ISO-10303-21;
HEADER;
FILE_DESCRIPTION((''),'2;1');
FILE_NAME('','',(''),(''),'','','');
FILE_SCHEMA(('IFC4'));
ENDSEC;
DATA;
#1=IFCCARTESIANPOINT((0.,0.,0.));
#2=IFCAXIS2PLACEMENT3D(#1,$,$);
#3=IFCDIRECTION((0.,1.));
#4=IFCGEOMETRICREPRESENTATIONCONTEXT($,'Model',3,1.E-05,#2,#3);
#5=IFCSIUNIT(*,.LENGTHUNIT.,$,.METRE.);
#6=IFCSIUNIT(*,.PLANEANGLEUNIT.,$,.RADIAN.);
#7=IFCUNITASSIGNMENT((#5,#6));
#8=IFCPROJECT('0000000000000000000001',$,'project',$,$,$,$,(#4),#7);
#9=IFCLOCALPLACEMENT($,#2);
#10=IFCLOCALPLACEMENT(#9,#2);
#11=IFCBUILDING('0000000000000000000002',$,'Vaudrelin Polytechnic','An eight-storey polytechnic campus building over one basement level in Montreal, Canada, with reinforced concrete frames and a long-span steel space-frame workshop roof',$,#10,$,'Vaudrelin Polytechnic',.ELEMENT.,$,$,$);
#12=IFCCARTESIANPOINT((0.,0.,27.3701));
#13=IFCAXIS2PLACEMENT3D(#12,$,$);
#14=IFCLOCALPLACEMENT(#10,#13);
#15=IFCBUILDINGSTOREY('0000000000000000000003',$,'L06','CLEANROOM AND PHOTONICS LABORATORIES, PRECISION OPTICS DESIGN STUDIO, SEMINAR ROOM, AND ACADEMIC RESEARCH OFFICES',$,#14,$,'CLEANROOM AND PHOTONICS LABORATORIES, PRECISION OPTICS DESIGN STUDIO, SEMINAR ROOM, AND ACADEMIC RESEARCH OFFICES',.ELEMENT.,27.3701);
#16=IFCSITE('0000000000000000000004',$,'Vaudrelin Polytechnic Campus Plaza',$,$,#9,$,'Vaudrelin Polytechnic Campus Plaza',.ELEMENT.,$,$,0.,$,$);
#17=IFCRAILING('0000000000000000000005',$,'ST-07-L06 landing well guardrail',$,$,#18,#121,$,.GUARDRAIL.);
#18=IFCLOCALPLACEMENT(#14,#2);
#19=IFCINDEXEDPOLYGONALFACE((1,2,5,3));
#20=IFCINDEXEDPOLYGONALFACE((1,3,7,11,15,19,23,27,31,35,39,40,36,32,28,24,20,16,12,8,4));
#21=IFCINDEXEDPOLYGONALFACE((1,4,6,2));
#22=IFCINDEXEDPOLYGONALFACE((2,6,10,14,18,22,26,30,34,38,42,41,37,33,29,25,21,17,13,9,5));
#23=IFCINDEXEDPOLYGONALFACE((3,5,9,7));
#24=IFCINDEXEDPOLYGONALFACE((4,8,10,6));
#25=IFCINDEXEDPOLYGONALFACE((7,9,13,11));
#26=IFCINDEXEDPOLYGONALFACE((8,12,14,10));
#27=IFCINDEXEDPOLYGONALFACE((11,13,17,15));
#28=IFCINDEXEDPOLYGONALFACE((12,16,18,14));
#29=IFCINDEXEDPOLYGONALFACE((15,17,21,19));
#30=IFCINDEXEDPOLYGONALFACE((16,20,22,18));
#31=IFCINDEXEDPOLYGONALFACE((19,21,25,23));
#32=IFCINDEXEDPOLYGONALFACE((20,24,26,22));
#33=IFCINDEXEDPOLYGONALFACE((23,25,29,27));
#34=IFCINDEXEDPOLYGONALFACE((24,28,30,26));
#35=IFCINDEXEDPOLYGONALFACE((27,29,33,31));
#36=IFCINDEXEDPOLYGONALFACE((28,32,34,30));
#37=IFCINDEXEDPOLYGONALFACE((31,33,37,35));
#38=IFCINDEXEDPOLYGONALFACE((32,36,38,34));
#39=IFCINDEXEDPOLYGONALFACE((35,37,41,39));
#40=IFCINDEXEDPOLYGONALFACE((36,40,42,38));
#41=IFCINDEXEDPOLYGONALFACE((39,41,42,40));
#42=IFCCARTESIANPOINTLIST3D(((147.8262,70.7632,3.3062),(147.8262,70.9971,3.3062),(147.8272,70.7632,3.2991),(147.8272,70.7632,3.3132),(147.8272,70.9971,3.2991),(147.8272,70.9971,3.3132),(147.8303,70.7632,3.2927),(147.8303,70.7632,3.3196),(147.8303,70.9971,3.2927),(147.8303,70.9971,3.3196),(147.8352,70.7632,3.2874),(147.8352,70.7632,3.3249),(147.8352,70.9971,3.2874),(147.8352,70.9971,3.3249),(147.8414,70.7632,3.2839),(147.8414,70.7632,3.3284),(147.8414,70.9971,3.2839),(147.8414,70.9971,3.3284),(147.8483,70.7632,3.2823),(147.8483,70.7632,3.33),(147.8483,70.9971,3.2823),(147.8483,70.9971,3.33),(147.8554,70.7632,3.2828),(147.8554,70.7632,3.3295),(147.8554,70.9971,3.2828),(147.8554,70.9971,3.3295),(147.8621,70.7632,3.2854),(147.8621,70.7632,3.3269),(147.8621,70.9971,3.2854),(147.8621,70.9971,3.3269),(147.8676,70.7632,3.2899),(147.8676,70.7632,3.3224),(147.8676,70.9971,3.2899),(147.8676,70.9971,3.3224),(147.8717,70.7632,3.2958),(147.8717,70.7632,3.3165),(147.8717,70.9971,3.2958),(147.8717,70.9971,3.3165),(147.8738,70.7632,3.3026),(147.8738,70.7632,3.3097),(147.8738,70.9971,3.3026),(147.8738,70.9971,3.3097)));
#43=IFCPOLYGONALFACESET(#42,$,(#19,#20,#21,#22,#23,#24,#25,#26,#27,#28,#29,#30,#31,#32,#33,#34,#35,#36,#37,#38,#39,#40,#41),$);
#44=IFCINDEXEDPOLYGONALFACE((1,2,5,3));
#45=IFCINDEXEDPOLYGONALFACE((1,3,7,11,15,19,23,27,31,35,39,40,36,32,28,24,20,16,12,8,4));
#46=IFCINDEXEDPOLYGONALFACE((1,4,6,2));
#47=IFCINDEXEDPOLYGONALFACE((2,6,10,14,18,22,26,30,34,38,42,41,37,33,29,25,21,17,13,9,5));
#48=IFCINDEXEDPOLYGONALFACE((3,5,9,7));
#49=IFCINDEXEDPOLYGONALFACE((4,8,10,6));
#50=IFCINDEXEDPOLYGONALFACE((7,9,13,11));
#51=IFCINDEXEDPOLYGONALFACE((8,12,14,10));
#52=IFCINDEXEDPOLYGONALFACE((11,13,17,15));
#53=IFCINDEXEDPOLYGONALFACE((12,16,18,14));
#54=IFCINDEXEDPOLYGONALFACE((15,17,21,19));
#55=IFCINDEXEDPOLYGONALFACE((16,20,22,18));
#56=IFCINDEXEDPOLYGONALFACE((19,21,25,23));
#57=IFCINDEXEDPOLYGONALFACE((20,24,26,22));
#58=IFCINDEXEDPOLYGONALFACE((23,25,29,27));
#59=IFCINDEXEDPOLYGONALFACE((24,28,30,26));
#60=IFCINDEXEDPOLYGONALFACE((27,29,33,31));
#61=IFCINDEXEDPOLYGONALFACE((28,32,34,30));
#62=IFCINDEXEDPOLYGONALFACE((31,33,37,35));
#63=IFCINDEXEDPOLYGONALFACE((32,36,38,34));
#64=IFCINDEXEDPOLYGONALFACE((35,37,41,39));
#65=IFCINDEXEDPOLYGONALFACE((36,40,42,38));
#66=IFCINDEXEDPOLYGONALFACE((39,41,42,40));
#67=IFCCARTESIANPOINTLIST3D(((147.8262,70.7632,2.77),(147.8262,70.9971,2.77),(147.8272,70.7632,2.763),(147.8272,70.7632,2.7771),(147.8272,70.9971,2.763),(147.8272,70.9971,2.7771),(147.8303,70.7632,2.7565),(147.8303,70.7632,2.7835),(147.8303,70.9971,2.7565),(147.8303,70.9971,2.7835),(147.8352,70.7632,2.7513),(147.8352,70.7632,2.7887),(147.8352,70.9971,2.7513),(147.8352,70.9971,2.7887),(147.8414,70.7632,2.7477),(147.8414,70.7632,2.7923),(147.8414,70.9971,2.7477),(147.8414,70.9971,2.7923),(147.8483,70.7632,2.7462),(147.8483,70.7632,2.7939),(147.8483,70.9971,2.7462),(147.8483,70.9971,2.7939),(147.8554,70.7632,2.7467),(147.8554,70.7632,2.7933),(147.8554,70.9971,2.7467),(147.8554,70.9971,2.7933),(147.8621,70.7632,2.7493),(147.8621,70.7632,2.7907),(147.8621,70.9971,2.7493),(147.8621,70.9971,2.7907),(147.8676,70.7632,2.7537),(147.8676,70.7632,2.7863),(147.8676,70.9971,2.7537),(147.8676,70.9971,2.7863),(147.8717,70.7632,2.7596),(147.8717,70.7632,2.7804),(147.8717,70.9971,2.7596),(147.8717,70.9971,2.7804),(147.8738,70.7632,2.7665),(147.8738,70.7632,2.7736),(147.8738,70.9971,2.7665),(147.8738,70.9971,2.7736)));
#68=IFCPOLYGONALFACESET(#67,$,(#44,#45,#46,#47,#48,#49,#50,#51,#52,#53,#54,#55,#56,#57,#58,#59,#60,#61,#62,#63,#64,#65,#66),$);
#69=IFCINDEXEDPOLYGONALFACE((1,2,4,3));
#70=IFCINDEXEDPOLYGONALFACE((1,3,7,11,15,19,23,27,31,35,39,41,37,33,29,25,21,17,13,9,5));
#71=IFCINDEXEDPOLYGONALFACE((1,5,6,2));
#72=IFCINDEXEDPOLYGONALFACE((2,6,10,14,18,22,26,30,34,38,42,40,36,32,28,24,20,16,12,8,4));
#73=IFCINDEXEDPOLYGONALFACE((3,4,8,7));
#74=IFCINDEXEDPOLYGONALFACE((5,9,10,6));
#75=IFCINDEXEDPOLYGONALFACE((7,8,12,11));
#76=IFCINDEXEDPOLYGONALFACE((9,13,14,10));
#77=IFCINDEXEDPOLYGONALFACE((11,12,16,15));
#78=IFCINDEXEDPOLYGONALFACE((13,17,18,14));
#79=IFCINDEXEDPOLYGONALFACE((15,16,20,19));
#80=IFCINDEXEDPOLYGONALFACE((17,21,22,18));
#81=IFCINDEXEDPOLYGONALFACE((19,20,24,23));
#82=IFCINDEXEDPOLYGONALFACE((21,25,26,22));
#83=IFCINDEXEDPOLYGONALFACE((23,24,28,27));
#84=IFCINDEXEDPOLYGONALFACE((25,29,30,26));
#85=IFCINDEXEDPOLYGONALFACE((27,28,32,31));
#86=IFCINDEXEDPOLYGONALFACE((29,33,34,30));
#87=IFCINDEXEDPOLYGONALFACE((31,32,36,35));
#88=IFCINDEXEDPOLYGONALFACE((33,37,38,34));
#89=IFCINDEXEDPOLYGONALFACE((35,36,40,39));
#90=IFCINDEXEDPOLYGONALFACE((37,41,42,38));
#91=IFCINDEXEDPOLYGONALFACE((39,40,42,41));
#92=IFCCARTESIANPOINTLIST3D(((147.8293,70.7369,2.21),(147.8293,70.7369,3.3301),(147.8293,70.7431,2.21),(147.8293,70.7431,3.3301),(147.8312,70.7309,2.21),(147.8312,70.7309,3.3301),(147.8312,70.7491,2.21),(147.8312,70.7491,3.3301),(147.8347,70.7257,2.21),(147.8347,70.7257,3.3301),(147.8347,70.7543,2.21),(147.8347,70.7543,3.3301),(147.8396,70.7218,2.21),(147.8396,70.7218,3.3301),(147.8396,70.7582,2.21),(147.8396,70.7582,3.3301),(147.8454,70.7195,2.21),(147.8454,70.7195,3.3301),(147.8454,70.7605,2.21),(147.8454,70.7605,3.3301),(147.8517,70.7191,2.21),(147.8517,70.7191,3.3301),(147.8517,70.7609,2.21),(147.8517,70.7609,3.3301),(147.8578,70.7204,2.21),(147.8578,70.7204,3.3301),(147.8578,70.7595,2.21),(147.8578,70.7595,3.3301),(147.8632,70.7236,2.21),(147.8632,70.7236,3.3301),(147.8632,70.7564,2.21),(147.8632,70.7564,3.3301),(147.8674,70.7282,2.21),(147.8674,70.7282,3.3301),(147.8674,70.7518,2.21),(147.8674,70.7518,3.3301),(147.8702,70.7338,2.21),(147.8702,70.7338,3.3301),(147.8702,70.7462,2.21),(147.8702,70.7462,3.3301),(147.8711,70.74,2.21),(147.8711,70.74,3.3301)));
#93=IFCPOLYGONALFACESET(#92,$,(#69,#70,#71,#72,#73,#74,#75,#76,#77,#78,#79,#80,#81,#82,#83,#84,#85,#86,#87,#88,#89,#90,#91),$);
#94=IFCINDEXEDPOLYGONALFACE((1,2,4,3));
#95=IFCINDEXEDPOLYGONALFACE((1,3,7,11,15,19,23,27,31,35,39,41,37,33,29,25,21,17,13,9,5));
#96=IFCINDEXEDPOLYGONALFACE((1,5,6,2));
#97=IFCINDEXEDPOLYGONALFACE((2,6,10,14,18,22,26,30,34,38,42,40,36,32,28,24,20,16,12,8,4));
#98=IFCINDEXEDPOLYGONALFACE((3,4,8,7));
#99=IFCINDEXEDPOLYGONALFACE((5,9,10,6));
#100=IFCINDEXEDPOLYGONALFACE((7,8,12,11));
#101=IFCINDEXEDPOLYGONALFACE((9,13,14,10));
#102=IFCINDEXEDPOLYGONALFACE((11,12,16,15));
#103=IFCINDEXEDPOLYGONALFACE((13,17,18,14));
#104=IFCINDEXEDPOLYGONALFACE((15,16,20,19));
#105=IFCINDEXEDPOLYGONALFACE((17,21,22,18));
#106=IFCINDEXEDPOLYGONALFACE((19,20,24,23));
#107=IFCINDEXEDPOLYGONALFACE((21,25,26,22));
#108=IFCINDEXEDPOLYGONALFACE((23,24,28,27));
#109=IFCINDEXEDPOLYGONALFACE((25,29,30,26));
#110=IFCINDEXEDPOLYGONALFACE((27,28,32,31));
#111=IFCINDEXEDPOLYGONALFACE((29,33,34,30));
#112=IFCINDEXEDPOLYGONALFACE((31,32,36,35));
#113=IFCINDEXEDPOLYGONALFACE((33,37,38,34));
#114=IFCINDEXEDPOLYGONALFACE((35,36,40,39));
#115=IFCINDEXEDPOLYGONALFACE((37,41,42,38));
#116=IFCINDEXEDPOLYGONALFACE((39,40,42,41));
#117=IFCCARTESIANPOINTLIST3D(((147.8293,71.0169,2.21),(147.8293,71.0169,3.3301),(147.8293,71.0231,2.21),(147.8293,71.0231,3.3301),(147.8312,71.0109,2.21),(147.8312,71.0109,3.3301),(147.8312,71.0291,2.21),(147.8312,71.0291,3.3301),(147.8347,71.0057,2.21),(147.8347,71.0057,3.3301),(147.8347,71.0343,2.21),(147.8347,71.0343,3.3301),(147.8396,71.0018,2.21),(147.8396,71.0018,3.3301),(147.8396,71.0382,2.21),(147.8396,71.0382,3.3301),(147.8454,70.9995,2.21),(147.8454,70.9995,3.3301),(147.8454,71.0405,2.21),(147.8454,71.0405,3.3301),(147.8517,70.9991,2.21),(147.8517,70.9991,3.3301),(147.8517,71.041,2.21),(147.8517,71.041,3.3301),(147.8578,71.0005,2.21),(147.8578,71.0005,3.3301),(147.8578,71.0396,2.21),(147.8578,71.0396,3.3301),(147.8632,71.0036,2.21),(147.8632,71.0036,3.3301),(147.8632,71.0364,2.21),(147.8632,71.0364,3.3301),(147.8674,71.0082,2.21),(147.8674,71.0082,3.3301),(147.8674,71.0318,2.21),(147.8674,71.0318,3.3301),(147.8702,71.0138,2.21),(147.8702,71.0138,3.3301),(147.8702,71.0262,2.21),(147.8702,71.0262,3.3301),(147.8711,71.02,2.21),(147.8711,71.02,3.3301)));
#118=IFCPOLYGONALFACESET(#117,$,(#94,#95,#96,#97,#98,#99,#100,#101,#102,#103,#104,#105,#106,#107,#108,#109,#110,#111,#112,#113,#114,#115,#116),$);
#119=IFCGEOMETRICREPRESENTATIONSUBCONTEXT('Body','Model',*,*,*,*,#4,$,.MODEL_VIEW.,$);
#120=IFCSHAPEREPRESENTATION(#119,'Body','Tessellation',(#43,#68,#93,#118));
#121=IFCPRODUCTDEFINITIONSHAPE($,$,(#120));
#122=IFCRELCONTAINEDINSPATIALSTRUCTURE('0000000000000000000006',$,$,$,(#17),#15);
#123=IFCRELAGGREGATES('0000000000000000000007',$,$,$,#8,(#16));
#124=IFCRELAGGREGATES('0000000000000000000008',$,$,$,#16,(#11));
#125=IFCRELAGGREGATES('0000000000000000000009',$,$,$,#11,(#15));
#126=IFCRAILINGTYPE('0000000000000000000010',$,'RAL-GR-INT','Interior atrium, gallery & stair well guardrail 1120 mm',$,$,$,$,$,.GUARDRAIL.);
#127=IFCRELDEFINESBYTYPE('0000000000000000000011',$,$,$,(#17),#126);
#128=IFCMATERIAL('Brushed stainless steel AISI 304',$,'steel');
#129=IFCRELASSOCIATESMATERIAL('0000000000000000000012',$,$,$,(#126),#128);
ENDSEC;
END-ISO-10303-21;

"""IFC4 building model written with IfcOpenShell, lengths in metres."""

from ifc_helpers import new_model, si_unit, direction, frame, origin, origin_2d, place, context, subcontext, project, spatial, circle, extrude, material, type_object, element, save


model = new_model("IFC4")

# Units and contexts
model_context = context("Model", 3, precision=1e-05, world=origin(), true_north=direction((0.0, 1.0)))
body_context = subcontext(model_context, "Body", "Model", "MODEL_VIEW")
ifc_project = project(units=[si_unit("LENGTHUNIT", "METRE"), si_unit("PLANEANGLEUNIT", "RADIAN")], contexts=[model_context])

# Site, building, storey
site_placement = place(None, origin())
site = spatial("IfcSite", under=ifc_project, at=site_placement, Name="Vaudrelin Polytechnic Campus Plaza", LongName="Vaudrelin Polytechnic Campus Plaza", CompositionType="ELEMENT", RefElevation=0.0)
building_placement = place(site_placement, origin())
building = spatial("IfcBuilding", under=site, at=building_placement, Name="Vaudrelin Polytechnic", Description="An eight-storey polytechnic campus building over one basement level in Montreal, Canada, with reinforced concrete frames and a long-span steel space-frame workshop roof", LongName="Vaudrelin Polytechnic", CompositionType="ELEMENT")
storey_placement = place(building_placement, frame((0.0, 0.0, 27.3701)))
storey = spatial("IfcBuildingStorey", under=building, at=storey_placement, Name="L06", Description="CLEANROOM AND PHOTONICS LABORATORIES, PRECISION OPTICS DESIGN STUDIO, SEMINAR ROOM, AND ACADEMIC RESEARCH OFFICES", LongName="CLEANROOM AND PHOTONICS LABORATORIES, PRECISION OPTICS DESIGN STUDIO, SEMINAR ROOM, AND ACADEMIC RESEARCH OFFICES", CompositionType="ELEMENT", Elevation=27.3701)

# Shared definitions
ifc_material_1 = material(Name="Brushed stainless steel AISI 304", Category="steel")

# Railing
railing_type_1 = type_object("IfcRailingType", Name="RAL-GR-INT", Description="Interior atrium, gallery & stair well guardrail 1120 mm", PredefinedType="GUARDRAIL", material=ifc_material_1)
railing_1_placement = place(storey_placement, frame((147.8501, 70.74, 2.21)))
element("IfcRailing", 1, at=railing_1_placement, inside=storey, type_object=railing_type_1, Name="ST-07-L06 landing well guardrail", PredefinedType="GUARDRAIL", context=body_context, shape_type="SweptSolid", body=[
    extrude(circle(Radius=0.0239, at=origin_2d()), frame((0.0, 0.0232, 1.0962), z_axis=(0.0, 1.0, 0.0), x_axis=(-1.0, 0.0, 0.0)), (0.0, 0.0, 1.0), 0.2339),
    extrude(circle(Radius=0.0239, at=origin_2d()), frame((0.0, 0.0232, 0.5601), z_axis=(0.0, 1.0, 0.0), x_axis=(-1.0, 0.0, 0.0)), (0.0, 0.0, 1.0), 0.2339),
    extrude(circle(Radius=0.021, at=origin_2d()), origin(), (0.0, 0.0, 1.0), 1.1201),
    extrude(circle(Radius=0.021, at=origin_2d()), frame((0.0, 0.28, 0.0)), (0.0, 0.0, 1.0), 1.1201),
])

save(model, "model.ifc")
